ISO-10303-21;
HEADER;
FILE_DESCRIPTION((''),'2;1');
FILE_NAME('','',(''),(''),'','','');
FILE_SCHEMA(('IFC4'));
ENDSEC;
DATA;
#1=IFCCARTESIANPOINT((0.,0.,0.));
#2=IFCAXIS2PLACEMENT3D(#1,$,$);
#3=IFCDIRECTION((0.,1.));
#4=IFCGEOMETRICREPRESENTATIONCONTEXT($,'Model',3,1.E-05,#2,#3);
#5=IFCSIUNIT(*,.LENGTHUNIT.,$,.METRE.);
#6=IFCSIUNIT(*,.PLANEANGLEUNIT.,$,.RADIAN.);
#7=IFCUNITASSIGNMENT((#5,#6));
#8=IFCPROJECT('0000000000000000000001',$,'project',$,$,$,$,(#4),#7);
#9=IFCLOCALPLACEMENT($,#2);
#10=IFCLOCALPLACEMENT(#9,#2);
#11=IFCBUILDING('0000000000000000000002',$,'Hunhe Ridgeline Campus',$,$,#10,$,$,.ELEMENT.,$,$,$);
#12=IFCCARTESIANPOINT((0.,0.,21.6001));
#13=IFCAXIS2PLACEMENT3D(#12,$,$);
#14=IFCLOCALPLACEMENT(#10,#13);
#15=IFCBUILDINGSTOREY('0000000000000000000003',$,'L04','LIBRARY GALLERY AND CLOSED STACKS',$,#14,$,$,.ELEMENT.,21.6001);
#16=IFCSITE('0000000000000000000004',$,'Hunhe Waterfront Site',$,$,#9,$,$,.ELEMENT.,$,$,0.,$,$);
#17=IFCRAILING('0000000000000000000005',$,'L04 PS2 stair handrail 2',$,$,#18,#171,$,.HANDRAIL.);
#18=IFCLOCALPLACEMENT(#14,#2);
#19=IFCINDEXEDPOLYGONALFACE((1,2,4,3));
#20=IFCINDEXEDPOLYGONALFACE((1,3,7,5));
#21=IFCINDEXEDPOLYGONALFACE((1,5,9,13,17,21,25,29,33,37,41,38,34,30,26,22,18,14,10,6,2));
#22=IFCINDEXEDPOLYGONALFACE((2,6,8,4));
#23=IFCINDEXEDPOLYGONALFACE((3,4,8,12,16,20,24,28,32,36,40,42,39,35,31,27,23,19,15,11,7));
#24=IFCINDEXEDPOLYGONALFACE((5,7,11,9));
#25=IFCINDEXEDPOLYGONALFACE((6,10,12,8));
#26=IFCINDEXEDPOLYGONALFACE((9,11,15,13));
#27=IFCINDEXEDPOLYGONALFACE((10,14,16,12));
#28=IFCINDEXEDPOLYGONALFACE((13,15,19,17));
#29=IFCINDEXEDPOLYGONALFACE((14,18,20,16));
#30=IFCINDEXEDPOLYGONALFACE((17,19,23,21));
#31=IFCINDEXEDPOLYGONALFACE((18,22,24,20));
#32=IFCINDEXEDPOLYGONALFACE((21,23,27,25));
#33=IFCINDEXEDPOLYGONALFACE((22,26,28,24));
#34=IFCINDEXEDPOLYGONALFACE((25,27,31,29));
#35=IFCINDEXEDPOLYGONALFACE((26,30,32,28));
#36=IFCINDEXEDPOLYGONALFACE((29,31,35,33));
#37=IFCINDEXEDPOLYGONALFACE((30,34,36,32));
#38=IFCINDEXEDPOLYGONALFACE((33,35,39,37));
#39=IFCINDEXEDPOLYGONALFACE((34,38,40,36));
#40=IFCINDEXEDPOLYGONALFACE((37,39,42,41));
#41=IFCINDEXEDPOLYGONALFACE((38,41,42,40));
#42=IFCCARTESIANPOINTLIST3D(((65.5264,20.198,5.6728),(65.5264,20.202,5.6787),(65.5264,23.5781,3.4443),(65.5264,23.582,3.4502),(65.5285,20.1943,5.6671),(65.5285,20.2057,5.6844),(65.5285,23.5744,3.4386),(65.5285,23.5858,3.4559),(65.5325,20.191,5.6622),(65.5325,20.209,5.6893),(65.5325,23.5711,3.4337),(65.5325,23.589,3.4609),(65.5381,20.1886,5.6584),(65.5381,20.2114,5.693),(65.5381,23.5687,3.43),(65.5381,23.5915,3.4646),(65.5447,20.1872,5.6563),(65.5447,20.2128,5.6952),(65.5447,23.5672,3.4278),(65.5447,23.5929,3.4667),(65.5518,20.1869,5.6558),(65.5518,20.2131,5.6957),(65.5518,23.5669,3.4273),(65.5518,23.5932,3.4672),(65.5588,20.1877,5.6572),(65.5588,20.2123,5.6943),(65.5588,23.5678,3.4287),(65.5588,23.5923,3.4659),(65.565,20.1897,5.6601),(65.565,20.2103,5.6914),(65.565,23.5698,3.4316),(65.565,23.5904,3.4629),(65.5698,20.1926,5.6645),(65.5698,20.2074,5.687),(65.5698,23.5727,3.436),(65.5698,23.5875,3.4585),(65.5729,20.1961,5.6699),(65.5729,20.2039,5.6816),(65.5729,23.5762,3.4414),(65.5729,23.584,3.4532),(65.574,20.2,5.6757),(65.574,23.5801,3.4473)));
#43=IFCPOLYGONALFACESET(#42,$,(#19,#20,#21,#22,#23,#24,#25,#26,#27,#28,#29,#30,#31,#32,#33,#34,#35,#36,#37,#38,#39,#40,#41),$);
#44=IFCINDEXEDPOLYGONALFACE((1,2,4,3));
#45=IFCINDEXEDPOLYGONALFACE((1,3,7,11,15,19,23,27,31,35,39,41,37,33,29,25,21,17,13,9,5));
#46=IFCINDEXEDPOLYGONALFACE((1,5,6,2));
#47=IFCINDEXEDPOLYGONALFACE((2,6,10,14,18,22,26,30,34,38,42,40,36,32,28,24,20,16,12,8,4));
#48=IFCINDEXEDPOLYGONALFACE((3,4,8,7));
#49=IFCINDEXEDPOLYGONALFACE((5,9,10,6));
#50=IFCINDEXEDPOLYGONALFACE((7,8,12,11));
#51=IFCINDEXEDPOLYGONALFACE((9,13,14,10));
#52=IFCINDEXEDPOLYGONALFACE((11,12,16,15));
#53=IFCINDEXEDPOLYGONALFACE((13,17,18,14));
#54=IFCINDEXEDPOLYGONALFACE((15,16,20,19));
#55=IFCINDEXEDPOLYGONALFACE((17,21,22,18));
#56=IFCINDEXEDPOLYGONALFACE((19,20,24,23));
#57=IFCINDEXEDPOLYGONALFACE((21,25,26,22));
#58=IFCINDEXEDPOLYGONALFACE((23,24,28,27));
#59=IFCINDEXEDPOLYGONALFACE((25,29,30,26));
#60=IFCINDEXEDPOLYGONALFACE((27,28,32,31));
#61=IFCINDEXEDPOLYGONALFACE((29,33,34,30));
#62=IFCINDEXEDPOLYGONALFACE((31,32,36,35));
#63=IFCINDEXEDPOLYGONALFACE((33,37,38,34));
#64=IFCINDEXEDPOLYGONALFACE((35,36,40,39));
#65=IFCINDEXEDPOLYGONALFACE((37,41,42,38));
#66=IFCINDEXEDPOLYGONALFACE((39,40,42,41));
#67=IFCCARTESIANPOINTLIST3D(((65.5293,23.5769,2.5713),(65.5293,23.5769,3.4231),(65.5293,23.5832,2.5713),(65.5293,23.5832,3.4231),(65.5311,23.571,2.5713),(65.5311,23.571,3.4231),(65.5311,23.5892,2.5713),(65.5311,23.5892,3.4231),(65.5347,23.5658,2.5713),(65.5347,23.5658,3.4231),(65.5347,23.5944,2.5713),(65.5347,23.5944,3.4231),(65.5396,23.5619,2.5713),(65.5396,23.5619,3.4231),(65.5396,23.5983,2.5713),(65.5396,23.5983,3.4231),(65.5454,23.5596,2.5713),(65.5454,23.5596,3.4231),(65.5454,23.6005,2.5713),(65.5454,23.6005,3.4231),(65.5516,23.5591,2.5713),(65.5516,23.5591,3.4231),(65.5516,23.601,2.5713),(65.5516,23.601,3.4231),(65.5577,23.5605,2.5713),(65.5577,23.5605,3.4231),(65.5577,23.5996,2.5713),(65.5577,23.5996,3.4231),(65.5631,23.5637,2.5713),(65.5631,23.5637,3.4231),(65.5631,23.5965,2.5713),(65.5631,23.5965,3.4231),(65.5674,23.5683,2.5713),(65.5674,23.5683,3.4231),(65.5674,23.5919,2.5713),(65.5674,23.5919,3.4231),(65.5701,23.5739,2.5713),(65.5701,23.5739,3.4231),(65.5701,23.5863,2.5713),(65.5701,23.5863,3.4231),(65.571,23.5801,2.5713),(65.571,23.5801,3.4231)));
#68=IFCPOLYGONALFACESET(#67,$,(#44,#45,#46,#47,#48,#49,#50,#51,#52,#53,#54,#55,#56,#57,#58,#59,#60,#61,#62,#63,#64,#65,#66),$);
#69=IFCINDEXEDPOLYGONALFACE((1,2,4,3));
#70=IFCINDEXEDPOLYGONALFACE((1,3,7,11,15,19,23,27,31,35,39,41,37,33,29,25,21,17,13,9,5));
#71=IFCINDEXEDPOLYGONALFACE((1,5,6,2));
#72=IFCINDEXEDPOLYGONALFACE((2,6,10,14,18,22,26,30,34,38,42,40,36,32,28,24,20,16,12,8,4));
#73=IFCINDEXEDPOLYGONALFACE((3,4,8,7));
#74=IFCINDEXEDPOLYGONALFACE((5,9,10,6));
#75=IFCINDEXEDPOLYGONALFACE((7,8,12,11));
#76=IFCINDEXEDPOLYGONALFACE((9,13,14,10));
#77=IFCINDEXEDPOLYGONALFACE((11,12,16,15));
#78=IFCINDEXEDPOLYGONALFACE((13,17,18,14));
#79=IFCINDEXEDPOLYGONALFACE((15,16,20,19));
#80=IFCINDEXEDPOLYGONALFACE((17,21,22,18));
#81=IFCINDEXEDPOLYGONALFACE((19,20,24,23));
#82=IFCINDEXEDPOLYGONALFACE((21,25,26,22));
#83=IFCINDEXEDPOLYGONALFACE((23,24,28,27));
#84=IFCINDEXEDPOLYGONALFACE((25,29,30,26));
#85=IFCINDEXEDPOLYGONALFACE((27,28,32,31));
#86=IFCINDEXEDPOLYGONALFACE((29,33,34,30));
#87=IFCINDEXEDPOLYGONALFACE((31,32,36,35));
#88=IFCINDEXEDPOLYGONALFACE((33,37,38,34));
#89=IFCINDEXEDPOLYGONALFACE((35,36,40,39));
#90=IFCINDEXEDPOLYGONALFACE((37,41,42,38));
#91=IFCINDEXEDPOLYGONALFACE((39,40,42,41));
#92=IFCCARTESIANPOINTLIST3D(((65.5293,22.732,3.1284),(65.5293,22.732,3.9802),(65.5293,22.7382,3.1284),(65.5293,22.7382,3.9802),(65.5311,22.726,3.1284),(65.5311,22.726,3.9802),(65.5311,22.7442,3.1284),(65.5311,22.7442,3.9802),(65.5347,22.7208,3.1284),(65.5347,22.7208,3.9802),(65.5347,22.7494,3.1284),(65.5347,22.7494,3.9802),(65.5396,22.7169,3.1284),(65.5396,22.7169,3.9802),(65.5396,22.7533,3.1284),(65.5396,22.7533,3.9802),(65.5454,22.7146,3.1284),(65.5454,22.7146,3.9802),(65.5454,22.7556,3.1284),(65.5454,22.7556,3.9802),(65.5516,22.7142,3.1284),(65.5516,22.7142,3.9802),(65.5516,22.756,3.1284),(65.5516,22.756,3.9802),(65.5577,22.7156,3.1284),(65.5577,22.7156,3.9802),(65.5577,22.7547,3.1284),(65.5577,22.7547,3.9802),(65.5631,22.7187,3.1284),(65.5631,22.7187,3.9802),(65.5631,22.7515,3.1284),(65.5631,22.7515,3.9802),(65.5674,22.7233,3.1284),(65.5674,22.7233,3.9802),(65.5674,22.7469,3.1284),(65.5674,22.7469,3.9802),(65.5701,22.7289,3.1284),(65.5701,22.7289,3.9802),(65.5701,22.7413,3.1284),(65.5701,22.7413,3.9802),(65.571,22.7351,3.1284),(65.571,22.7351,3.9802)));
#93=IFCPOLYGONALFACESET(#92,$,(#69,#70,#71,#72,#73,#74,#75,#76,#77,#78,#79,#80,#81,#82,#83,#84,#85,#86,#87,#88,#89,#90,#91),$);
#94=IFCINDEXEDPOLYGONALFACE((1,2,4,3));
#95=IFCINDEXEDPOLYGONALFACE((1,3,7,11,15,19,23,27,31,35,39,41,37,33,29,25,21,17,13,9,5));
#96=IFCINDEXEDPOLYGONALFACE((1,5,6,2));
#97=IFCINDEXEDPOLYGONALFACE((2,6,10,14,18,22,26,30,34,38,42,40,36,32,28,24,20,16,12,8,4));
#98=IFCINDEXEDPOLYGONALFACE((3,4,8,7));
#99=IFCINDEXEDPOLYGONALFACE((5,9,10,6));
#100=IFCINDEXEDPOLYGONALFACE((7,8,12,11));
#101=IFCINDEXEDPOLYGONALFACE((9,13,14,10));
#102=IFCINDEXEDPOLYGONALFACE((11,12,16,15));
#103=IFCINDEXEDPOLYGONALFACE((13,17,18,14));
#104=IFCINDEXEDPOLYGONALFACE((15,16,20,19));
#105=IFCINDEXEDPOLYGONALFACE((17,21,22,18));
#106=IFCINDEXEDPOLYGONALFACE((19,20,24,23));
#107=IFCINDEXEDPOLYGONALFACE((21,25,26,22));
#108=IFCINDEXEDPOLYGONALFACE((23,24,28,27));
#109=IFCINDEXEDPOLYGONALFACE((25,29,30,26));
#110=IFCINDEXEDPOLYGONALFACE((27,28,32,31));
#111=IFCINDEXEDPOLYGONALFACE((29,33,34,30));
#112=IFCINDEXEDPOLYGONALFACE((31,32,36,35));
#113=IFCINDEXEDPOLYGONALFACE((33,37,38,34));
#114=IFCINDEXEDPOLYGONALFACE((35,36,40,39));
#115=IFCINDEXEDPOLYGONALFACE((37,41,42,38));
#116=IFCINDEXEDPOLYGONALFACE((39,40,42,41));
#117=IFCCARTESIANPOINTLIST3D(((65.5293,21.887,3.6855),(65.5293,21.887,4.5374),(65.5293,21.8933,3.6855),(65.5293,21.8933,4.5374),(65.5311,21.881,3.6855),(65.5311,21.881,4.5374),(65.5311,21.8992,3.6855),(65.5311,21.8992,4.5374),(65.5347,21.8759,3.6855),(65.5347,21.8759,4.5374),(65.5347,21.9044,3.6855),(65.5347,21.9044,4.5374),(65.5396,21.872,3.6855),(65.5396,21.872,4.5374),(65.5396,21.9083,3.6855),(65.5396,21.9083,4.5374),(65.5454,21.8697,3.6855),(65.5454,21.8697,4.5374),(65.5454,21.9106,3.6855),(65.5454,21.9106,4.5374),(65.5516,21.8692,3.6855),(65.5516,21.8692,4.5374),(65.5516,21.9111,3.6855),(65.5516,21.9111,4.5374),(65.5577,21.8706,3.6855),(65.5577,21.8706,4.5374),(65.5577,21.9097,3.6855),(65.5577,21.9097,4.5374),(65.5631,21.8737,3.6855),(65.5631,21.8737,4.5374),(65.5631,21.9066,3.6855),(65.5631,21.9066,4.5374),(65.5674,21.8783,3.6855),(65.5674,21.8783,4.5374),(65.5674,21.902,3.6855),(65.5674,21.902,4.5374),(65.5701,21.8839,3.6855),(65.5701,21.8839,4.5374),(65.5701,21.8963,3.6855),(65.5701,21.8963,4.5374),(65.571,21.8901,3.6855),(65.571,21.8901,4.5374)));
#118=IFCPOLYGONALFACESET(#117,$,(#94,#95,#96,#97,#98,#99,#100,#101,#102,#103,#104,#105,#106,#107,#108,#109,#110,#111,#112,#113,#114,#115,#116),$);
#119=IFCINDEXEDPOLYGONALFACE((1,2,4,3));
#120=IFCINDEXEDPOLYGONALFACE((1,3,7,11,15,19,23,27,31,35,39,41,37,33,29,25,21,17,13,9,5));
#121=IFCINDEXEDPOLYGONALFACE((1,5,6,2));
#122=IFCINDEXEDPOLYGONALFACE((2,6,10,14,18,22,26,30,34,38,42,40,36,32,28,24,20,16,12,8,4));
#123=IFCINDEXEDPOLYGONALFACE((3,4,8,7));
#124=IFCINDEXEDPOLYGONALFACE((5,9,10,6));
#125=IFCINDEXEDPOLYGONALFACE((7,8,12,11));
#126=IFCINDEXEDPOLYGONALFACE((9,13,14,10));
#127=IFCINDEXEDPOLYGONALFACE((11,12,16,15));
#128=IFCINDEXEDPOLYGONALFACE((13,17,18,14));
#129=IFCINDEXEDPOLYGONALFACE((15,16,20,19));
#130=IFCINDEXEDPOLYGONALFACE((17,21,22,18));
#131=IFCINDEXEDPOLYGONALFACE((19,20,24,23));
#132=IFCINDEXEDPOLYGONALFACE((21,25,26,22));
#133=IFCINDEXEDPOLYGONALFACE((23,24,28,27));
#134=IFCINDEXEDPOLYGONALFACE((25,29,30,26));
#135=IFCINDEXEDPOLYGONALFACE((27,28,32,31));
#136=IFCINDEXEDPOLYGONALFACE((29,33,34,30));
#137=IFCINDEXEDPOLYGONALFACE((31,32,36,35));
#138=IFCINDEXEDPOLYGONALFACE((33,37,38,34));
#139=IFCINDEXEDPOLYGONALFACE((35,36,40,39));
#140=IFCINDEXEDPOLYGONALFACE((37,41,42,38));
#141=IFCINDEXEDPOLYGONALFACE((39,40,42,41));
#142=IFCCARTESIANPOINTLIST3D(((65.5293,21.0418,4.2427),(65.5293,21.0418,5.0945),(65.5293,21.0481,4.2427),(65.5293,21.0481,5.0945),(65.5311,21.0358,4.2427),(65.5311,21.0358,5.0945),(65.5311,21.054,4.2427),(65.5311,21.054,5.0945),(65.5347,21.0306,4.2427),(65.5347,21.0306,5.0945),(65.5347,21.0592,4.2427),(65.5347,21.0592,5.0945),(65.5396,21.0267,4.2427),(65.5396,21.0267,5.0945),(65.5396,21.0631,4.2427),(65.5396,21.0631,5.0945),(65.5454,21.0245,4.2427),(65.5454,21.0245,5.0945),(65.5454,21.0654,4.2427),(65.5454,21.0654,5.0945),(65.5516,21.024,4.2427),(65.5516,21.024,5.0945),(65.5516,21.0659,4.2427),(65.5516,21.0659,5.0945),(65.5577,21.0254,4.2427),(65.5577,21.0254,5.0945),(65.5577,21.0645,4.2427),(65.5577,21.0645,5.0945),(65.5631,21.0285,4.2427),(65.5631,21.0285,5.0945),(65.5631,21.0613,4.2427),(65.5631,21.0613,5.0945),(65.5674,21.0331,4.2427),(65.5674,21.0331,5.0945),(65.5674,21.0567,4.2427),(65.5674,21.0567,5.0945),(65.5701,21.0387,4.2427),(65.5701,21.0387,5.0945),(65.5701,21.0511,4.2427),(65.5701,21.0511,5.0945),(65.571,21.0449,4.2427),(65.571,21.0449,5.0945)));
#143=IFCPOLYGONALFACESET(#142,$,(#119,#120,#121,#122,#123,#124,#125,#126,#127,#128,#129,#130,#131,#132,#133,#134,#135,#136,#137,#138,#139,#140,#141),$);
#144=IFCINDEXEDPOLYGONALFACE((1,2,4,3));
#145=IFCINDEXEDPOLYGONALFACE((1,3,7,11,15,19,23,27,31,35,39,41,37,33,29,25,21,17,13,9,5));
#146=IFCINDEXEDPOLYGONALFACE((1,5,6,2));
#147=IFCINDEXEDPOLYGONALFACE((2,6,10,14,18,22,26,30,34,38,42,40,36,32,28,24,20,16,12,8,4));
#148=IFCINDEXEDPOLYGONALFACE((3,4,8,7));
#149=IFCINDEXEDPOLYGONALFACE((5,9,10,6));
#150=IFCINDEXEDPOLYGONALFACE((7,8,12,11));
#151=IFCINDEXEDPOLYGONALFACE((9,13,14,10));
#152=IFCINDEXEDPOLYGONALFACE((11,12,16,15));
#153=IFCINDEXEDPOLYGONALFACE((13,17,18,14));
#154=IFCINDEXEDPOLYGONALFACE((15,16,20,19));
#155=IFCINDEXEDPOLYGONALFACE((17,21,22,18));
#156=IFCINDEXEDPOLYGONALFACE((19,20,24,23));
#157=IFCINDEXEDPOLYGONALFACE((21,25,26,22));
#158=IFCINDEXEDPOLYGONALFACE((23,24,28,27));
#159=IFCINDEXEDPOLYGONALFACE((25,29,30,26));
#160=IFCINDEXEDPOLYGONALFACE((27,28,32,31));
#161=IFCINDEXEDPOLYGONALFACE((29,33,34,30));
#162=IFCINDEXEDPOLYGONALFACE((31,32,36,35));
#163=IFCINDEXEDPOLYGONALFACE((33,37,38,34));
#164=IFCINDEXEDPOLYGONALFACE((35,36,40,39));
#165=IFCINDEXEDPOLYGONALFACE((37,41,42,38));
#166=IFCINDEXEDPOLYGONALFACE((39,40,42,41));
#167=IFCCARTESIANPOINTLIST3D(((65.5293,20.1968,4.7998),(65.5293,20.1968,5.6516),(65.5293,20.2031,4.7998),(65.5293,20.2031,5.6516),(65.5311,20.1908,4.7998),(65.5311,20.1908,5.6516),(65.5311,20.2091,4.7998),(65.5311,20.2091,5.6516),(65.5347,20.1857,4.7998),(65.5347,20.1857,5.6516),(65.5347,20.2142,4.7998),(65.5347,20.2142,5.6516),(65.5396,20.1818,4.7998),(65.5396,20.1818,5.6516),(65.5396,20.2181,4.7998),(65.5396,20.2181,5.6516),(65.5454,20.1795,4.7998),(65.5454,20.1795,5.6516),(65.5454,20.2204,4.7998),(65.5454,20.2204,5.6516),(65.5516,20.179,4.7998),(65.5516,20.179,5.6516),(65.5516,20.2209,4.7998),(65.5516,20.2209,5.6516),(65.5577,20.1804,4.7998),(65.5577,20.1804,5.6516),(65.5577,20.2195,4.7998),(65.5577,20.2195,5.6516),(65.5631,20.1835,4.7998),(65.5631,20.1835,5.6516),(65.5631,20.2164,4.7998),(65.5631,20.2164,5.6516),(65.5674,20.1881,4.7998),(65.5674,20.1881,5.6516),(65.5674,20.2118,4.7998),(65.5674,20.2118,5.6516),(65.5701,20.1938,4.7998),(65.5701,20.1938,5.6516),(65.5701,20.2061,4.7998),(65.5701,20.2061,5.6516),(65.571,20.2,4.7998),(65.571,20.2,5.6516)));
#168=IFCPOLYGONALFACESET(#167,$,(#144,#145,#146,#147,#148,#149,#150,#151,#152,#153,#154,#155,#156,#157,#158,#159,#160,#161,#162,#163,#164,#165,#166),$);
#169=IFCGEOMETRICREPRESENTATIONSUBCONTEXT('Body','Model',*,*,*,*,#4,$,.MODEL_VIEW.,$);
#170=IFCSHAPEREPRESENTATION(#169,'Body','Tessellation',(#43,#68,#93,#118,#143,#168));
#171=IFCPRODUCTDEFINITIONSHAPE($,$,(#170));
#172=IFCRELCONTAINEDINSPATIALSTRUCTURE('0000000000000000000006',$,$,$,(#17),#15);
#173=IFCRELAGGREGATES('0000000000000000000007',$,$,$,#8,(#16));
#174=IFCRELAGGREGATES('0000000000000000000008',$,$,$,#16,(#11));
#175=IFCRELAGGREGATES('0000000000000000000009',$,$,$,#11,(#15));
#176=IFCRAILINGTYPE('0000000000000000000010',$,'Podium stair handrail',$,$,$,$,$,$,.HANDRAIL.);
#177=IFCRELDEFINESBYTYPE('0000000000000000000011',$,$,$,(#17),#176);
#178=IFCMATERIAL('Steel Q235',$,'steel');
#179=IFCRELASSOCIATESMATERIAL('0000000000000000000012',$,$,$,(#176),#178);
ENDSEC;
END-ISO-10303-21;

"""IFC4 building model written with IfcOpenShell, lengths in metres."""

from ifc_helpers import new_model, si_unit, direction, frame, origin, origin_2d, place, context, subcontext, project, spatial, circle, extrude, material, type_object, element, save


model = new_model("IFC4")

# Units and contexts
model_context = context("Model", 3, precision=1e-05, world=origin(), true_north=direction((0.0, 1.0)))
body_context = subcontext(model_context, "Body", "Model", "MODEL_VIEW")
ifc_project = project(units=[si_unit("LENGTHUNIT", "METRE"), si_unit("PLANEANGLEUNIT", "RADIAN")], contexts=[model_context])

# Site, building, storey
site_placement = place(None, origin())
site = spatial("IfcSite", under=ifc_project, at=site_placement, Name="Hunhe Waterfront Site", CompositionType="ELEMENT", RefElevation=0.0)
building_placement = place(site_placement, origin())
building = spatial("IfcBuilding", under=site, at=building_placement, Name="Hunhe Ridgeline Campus", CompositionType="ELEMENT")
storey_placement = place(building_placement, frame((0.0, 0.0, 21.6001)))
storey = spatial("IfcBuildingStorey", under=building, at=storey_placement, Name="L04", Description="LIBRARY GALLERY AND CLOSED STACKS", CompositionType="ELEMENT", Elevation=21.6001)

# Shared definitions
ifc_material_1 = material(Name="Steel Q235", Category="steel")

# Railing
railing_type_1 = type_object("IfcRailingType", Name="Podium stair handrail", PredefinedType="HANDRAIL", material=ifc_material_1)
railing_1_placement = place(storey_placement, frame((65.55, 23.5801, 2.5713)))
element("IfcRailing", 1, at=railing_1_placement, inside=storey, type_object=railing_type_1, Name="L04 PS2 stair handrail 2", PredefinedType="HANDRAIL", context=body_context, shape_type="SweptSolid", body=[
    extrude(circle(Radius=0.0239, at=origin_2d()), frame((0.0, 0.0, 0.876), z_axis=(0.0, -0.834878, 0.550435), x_axis=(1.0, 0.0, 0.0)), (0.0, 0.0, 1.0), 4.0486),
    extrude(circle(Radius=0.021, at=origin_2d()), origin(), (0.0, 0.0, 1.0), 0.8518),
    extrude(circle(Radius=0.021, at=origin_2d()), frame((0.0, -0.845, 0.5571)), (0.0, 0.0, 1.0), 0.8518),
    extrude(circle(Radius=0.021, at=origin_2d()), frame((0.0, -1.6899, 1.1143)), (0.0, 0.0, 1.0), 0.8518),
    extrude(circle(Radius=0.021, at=origin_2d()), frame((0.0, -2.5352, 1.6714)), (0.0, 0.0, 1.0), 0.8518),
    extrude(circle(Radius=0.021, at=origin_2d()), frame((0.0, -3.3801, 2.2285)), (0.0, 0.0, 1.0), 0.8518),
])

save(model, "model.ifc")
